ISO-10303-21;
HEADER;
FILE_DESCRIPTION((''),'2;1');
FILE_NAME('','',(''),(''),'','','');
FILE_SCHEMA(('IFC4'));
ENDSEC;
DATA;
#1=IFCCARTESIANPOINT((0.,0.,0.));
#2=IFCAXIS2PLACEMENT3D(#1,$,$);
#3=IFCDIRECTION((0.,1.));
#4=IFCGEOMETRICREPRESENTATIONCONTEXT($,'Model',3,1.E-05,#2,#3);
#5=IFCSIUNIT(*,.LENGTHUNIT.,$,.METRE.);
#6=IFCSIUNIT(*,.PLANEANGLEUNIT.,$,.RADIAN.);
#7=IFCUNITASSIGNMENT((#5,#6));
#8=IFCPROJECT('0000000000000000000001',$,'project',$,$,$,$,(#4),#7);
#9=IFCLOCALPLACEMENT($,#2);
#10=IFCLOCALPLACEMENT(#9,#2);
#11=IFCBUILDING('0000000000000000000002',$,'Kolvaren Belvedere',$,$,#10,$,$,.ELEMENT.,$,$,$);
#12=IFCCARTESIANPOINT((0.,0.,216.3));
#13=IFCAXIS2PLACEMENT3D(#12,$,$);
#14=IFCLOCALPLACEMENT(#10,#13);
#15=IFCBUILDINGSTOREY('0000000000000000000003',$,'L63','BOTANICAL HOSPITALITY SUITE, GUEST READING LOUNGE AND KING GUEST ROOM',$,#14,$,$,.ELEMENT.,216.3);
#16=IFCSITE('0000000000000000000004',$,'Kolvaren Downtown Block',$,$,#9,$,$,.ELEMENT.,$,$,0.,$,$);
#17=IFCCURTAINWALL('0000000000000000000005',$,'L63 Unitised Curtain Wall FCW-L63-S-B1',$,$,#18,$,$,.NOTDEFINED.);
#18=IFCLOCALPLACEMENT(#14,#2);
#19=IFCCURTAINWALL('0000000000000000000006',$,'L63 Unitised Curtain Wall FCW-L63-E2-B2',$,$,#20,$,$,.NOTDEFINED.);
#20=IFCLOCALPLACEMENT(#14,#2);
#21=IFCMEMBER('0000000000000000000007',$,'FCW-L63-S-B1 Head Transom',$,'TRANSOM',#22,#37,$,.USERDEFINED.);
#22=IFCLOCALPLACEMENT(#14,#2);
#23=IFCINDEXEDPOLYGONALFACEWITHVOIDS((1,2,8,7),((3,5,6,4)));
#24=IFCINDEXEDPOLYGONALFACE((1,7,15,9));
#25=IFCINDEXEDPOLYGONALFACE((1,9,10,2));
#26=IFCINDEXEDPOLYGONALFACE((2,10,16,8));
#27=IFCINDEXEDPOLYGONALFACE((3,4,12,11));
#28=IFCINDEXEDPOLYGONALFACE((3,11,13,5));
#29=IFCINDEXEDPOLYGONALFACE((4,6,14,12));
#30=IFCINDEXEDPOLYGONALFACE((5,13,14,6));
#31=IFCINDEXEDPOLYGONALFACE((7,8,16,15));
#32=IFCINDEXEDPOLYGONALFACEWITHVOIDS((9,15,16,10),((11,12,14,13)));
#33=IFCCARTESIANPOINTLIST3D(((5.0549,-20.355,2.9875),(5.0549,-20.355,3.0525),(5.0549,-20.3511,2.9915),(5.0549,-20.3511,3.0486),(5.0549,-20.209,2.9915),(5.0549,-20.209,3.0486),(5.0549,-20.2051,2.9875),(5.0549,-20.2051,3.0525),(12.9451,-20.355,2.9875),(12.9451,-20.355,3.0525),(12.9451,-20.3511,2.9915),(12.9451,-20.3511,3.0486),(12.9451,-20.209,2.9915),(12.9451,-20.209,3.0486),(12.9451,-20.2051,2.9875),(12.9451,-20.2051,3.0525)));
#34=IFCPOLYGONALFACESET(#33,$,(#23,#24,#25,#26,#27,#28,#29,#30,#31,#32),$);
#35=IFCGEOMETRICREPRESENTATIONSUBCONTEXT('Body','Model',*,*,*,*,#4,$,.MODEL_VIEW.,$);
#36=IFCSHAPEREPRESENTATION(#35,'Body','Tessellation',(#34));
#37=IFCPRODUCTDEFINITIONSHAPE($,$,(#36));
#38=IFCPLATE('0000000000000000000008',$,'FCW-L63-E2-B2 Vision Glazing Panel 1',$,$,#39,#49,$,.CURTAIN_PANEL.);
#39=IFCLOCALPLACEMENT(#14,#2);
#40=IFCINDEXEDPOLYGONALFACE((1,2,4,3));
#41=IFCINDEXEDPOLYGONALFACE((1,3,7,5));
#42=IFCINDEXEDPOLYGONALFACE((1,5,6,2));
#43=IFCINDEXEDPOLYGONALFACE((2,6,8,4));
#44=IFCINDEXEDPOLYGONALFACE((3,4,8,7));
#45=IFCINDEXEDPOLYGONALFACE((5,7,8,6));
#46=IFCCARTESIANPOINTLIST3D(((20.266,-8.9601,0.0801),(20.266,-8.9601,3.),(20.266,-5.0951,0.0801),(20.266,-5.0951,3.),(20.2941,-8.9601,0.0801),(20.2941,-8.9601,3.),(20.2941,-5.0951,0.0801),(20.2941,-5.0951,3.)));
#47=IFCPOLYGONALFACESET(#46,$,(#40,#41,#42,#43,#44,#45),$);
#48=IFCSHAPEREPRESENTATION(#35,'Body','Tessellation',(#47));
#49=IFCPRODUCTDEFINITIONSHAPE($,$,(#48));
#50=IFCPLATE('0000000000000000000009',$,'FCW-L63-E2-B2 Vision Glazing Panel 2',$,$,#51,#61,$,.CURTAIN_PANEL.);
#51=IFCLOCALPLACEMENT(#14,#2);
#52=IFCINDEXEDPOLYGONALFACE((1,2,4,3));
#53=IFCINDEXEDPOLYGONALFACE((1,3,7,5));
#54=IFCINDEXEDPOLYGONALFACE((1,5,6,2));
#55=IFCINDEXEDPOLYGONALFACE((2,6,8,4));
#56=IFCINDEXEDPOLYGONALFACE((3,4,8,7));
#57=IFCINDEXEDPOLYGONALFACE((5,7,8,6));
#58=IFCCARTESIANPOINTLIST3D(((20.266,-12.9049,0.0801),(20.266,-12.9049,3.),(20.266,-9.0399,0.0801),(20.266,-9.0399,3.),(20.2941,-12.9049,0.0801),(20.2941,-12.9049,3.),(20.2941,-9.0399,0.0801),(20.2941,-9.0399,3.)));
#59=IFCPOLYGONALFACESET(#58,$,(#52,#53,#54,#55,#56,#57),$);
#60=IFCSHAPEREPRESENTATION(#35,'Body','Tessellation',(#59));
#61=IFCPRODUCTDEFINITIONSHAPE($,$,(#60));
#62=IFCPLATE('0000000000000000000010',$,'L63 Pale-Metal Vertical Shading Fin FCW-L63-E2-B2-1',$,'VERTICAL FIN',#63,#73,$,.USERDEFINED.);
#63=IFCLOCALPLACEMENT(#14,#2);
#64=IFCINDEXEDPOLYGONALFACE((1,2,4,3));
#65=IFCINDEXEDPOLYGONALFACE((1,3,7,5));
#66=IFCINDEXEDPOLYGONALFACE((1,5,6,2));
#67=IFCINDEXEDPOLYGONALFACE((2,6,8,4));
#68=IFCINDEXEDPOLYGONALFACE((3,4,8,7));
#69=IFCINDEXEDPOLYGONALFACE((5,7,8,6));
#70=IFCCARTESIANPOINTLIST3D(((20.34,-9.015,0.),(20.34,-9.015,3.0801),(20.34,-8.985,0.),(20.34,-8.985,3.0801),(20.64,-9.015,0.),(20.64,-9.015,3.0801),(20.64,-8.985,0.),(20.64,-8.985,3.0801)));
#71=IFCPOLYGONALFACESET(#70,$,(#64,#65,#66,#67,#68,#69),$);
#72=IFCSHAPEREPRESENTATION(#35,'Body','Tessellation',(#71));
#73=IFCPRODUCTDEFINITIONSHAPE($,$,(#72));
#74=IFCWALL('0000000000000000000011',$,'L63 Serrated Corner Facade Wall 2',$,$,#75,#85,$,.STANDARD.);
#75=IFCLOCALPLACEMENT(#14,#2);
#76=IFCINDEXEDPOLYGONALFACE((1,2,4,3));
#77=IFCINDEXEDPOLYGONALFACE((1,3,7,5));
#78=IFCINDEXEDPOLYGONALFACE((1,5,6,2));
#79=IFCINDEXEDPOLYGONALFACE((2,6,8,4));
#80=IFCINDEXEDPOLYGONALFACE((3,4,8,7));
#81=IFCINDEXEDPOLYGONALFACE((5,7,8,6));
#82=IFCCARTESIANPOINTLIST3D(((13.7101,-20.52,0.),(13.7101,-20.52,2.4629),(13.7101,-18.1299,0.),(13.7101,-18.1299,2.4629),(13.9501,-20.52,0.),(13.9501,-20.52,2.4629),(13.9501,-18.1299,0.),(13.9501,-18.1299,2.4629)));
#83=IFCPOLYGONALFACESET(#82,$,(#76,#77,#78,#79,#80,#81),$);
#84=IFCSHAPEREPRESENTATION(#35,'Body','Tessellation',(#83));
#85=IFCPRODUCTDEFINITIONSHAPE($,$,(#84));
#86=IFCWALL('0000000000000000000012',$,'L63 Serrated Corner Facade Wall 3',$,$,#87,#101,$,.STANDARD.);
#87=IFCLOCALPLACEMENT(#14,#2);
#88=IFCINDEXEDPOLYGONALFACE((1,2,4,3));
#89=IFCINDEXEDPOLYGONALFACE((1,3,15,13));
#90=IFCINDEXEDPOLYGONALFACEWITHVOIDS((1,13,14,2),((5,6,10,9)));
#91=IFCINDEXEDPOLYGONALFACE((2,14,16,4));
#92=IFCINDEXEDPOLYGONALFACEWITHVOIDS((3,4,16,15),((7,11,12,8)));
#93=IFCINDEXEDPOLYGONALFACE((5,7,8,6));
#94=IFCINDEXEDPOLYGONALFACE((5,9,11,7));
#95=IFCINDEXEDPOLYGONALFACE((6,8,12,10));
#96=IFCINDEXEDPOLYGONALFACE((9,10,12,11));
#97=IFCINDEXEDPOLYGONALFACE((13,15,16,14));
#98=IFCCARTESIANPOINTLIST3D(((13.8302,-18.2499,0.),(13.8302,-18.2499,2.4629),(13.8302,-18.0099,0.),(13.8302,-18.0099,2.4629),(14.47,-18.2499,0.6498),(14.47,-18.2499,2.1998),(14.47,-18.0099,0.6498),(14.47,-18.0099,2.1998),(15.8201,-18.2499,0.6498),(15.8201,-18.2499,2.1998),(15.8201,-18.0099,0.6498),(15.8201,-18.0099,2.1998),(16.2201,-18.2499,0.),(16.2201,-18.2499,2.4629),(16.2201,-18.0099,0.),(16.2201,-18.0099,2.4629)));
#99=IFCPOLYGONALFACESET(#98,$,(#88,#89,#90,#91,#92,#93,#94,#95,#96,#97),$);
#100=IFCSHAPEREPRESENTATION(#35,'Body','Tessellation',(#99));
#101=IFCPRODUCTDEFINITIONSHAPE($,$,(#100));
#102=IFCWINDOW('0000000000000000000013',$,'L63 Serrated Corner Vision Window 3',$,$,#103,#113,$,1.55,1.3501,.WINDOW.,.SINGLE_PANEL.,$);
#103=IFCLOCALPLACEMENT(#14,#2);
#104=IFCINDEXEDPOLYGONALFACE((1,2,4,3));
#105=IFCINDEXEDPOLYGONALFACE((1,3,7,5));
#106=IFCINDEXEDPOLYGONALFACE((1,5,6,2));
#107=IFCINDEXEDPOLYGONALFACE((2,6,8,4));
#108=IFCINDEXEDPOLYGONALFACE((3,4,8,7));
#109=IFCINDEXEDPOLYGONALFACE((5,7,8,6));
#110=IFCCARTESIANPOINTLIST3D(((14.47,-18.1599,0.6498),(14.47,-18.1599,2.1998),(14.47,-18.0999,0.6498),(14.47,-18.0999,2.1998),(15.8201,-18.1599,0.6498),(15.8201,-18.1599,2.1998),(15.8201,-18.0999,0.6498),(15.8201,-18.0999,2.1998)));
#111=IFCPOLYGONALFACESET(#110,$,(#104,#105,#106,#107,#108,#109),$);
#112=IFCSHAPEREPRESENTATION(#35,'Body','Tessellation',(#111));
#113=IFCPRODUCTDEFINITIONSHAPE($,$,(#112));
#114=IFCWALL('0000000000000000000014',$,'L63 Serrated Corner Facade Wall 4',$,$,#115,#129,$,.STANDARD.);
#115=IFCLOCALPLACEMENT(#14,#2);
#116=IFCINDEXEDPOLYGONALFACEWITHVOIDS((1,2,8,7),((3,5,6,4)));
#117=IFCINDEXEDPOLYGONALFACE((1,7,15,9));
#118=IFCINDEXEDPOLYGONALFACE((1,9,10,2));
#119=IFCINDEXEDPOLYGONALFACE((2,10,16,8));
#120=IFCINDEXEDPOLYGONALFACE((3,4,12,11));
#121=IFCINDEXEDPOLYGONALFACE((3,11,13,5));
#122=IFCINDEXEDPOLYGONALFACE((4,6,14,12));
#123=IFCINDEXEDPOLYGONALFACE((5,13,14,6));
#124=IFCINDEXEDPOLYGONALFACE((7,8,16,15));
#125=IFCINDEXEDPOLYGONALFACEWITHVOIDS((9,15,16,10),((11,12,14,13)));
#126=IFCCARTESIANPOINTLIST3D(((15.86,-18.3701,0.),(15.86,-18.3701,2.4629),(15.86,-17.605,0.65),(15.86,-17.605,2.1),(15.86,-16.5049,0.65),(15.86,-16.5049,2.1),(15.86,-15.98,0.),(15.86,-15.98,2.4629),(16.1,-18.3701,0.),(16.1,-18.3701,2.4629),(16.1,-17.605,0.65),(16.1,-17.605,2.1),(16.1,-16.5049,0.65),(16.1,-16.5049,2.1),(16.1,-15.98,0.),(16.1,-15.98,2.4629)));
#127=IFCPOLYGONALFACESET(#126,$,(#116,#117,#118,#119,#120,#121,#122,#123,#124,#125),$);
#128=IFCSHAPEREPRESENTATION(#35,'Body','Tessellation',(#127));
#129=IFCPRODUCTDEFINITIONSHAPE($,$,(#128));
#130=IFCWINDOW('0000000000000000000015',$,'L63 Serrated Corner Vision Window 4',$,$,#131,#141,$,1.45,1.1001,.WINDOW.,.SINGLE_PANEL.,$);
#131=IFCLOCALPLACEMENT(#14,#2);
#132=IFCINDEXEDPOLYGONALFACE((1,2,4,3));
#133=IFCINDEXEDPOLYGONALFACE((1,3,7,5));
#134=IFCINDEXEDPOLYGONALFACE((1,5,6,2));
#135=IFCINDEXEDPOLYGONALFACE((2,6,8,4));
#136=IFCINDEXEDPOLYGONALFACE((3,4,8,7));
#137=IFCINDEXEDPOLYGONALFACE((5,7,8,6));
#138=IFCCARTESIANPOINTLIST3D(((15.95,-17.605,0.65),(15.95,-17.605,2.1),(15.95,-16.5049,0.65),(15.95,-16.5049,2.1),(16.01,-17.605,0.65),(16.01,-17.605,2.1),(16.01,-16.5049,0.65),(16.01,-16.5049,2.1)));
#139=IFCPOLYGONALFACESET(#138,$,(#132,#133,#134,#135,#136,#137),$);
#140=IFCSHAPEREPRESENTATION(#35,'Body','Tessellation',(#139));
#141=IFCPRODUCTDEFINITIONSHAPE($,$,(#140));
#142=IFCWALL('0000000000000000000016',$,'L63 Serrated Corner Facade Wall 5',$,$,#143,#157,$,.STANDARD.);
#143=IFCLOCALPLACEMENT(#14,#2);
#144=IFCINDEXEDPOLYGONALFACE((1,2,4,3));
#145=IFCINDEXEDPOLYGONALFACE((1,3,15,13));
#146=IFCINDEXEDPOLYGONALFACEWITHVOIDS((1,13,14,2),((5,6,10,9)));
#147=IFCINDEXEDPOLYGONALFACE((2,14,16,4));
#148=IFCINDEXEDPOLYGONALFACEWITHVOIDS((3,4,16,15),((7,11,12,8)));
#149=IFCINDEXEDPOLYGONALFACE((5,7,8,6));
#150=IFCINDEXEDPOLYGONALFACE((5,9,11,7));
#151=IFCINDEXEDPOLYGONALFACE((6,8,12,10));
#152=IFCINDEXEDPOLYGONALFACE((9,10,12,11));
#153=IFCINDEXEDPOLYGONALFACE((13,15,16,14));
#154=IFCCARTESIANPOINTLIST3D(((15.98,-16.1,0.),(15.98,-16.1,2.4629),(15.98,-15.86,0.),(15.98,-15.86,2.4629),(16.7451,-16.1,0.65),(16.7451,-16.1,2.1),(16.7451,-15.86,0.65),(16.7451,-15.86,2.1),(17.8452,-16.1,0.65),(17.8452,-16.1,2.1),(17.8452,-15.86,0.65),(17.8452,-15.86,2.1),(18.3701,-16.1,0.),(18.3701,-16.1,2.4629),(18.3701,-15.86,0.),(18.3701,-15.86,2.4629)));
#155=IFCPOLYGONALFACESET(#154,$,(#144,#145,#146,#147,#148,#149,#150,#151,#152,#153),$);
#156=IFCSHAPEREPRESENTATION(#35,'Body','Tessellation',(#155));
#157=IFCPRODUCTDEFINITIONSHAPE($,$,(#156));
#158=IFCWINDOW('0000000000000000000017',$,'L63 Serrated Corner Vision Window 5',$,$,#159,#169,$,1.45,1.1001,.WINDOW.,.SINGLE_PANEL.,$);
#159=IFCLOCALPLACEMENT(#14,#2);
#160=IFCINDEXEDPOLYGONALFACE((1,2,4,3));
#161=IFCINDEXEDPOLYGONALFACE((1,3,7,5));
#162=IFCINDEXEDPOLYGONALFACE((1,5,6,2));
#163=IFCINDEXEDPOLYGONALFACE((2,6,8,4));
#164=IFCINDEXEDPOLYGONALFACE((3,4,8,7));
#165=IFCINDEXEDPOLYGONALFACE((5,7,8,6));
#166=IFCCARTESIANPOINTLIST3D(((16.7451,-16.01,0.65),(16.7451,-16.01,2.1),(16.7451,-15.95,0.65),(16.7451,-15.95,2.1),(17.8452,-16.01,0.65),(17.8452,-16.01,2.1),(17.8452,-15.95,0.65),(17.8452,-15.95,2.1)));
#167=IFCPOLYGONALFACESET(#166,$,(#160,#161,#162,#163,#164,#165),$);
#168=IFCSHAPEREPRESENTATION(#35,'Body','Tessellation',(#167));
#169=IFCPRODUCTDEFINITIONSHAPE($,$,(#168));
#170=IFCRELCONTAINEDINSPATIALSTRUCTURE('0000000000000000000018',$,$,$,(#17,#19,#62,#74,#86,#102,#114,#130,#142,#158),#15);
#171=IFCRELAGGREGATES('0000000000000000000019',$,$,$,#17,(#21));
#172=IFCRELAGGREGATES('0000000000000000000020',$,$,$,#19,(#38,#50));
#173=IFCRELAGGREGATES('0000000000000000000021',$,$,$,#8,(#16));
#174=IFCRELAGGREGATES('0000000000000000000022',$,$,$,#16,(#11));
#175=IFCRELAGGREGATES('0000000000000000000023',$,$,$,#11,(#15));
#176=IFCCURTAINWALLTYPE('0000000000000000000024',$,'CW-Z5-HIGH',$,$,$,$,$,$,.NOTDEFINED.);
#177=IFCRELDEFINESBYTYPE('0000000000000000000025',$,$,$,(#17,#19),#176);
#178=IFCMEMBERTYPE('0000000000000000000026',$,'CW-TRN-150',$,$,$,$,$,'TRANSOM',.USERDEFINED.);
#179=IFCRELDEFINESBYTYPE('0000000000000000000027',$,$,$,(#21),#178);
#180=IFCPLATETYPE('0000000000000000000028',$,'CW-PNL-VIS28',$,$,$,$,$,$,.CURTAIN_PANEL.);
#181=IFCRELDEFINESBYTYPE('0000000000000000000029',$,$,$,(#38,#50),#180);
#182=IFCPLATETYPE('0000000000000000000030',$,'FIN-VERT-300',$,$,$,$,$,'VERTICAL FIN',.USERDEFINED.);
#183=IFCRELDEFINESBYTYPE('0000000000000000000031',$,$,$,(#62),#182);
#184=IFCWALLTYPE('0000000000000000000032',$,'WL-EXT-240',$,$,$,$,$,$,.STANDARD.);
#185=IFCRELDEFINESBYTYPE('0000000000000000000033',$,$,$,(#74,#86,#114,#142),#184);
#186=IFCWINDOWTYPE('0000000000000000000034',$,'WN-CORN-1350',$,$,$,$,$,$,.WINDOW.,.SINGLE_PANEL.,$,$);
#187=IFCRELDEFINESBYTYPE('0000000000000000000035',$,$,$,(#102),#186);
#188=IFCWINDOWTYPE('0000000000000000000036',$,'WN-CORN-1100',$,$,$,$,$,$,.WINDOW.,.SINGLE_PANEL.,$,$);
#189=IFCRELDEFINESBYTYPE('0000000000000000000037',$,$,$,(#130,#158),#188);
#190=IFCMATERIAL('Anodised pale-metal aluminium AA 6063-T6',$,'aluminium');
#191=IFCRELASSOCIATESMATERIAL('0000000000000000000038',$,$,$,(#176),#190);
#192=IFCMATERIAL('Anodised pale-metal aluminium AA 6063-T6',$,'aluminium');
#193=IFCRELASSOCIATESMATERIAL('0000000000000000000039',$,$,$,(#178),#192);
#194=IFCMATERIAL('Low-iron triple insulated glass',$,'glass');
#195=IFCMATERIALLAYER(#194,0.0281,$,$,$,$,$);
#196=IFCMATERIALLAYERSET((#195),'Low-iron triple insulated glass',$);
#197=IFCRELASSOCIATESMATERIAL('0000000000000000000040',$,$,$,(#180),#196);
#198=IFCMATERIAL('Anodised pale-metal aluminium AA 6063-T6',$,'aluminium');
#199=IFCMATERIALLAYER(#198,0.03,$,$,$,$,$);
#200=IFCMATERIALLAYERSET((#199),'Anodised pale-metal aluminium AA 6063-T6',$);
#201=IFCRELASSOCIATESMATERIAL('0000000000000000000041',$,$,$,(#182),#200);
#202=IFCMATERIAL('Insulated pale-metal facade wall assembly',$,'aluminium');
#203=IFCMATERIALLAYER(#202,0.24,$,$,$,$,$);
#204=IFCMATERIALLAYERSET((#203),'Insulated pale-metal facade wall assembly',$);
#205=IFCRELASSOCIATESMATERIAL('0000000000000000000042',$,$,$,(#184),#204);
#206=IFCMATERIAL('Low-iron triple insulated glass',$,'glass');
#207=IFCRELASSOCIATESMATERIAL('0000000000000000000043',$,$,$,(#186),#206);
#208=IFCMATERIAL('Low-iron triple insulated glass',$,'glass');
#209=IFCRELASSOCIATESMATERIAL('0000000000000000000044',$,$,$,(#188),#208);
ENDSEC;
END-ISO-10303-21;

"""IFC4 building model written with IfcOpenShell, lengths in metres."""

from ifc_helpers import new_model, si_unit, direction, frame, frame_2d, origin, origin_2d, place, context, subcontext, project, spatial, rectangle, hollow_rectangle, extrude, material, layer, layer_set, material_profile, profile_set, type_object, element, fill, aggregate, save


model = new_model("IFC4")

# Units and contexts
model_context = context("Model", 3, precision=1e-05, world=origin(), true_north=direction((0.0, 1.0)))
body_context = subcontext(model_context, "Body", "Model", "MODEL_VIEW")
ifc_project = project(units=[si_unit("LENGTHUNIT", "METRE"), si_unit("PLANEANGLEUNIT", "RADIAN")], contexts=[model_context])

# Site, building, storey
site_placement = place(None, origin())
site = spatial("IfcSite", under=ifc_project, at=site_placement, Name="Kolvaren Downtown Block", CompositionType="ELEMENT", RefElevation=0.0)
building_placement = place(site_placement, origin())
building = spatial("IfcBuilding", under=site, at=building_placement, Name="Kolvaren Belvedere", CompositionType="ELEMENT")
storey_placement = place(building_placement, frame((0.0, 0.0, 216.3)))
storey = spatial("IfcBuildingStorey", under=building, at=storey_placement, Name="L63", Description="BOTANICAL HOSPITALITY SUITE, GUEST READING LOUNGE AND KING GUEST ROOM", CompositionType="ELEMENT", Elevation=216.3)

# Curtain wall
ifc_material_1 = material(Name="Anodised pale-metal aluminium AA 6063-T6", Category="aluminium")
curtain_wall_type = type_object("IfcCurtainWallType", Name="CW-Z5-HIGH", PredefinedType="NOTDEFINED", material=ifc_material_1)
curtain_wall_1_placement = place(storey_placement, origin())
curtain_wall_1 = element("IfcCurtainWall", 1, at=curtain_wall_1_placement, inside=storey, type_object=curtain_wall_type, Name="L63 Unitised Curtain Wall FCW-L63-S-B1", PredefinedType="NOTDEFINED")

# Curtain wall
curtain_wall_2_placement = place(storey_placement, origin())
curtain_wall_2 = element("IfcCurtainWall", 2, at=curtain_wall_2_placement, inside=storey, type_object=curtain_wall_type, Name="L63 Unitised Curtain Wall FCW-L63-E2-B2", PredefinedType="NOTDEFINED")

# Member
ifc_material_2 = material(Name="Anodised pale-metal aluminium AA 6063-T6", Category="aluminium")
ifc_material_profile_1 = material_profile(ifc_material_2, hollow_rectangle(XDim=0.0649, YDim=0.1499, WallThickness=0.0039, at=origin_2d()), Name="ALU-TRN-150X65")
ifc_profile_set_1 = profile_set([ifc_material_profile_1], Name="Anodised pale-metal aluminium AA 6063-T6")
member_type_1 = type_object("IfcMemberType", Name="CW-TRN-150", ElementType="TRANSOM", PredefinedType="USERDEFINED", material=ifc_profile_set_1)
member_1_placement = place(storey_placement, frame((12.9451, -20.28, 3.02), z_axis=(-1.0, 0.0, 0.0), x_axis=(0.0, 0.0, 1.0)))
member_1 = element("IfcMember", 3, at=member_1_placement, type_object=member_type_1, Name="FCW-L63-S-B1 Head Transom", ObjectType="TRANSOM", PredefinedType="USERDEFINED", context=body_context, shape_type="SweptSolid", body=[
    extrude(hollow_rectangle(XDim=0.0649, YDim=0.1499, WallThickness=0.0039, at=origin_2d()), origin(), (0.0, 0.0, 1.0), 7.8901),
])
aggregate(curtain_wall_1, [member_1])

# Plates
ifc_material_3 = material(Name="Low-iron triple insulated glass", Category="glass")
ifc_layer_1 = layer(ifc_material_3, 0.0281)
ifc_layer_set_1 = layer_set([ifc_layer_1], Name="Low-iron triple insulated glass")
plate_type_1 = type_object("IfcPlateType", Name="CW-PNL-VIS28", PredefinedType="CURTAIN_PANEL", material=ifc_layer_set_1)
plate_1_placement = place(storey_placement, frame((20.28, -7.0276, 0.0801), z_axis=(0.0, 0.0, 1.0), x_axis=(0.0, -1.0, 0.0)))
plate_1 = element("IfcPlate", 4, at=plate_1_placement, type_object=plate_type_1, Name="FCW-L63-E2-B2 Vision Glazing Panel 1", PredefinedType="CURTAIN_PANEL", context=body_context, shape_type="SweptSolid", body=[
    extrude(rectangle(XDim=3.865, YDim=0.0281, at=origin_2d()), origin(), (0.0, 0.0, 1.0), 2.9199),
])
plate_2_placement = place(storey_placement, frame((20.28, -10.9724, 0.0801), z_axis=(0.0, 0.0, 1.0), x_axis=(0.0, -1.0, 0.0)))
plate_2 = element("IfcPlate", 5, at=plate_2_placement, type_object=plate_type_1, Name="FCW-L63-E2-B2 Vision Glazing Panel 2", PredefinedType="CURTAIN_PANEL", context=body_context, shape_type="SweptSolid", body=[
    extrude(rectangle(XDim=3.865, YDim=0.0281, at=origin_2d()), origin(), (0.0, 0.0, 1.0), 2.9199),
])
aggregate(curtain_wall_2, [plate_1, plate_2])
ifc_material_4 = material(Name="Anodised pale-metal aluminium AA 6063-T6", Category="aluminium")
ifc_layer_2 = layer(ifc_material_4, 0.03)
ifc_layer_set_2 = layer_set([ifc_layer_2], Name="Anodised pale-metal aluminium AA 6063-T6")
plate_type_2 = type_object("IfcPlateType", Name="FIN-VERT-300", ElementType="VERTICAL FIN", PredefinedType="USERDEFINED", material=ifc_layer_set_2)
plate_3_placement = place(storey_placement, frame((20.49, -9.0, 0.0), z_axis=(0.0, 0.0, 1.0), x_axis=(1.0, 0.0, 0.0)))
element("IfcPlate", 6, at=plate_3_placement, inside=storey, type_object=plate_type_2, Name="L63 Pale-Metal Vertical Shading Fin FCW-L63-E2-B2-1", ObjectType="VERTICAL FIN", PredefinedType="USERDEFINED", context=body_context, shape_type="SweptSolid", body=[
    extrude(rectangle(XDim=0.3, YDim=0.03, at=origin_2d()), origin(), (0.0, 0.0, 1.0), 3.0801),
])

# Wall
ifc_material_5 = material(Name="Insulated pale-metal facade wall assembly", Category="aluminium")
ifc_layer_3 = layer(ifc_material_5, 0.24)
ifc_layer_set_3 = layer_set([ifc_layer_3], Name="Insulated pale-metal facade wall assembly")
wall_type_1 = type_object("IfcWallType", Name="WL-EXT-240", PredefinedType="STANDARD", material=ifc_layer_set_3)
wall_1_placement = place(storey_placement, frame((13.8301, -18.1299, 0.0), z_axis=(0.0, 0.0, 1.0), x_axis=(0.0, -1.0, 0.0)))
element("IfcWall", 7, at=wall_1_placement, inside=storey, type_object=wall_type_1, Name="L63 Serrated Corner Facade Wall 2", PredefinedType="STANDARD", context=body_context, shape_type="SweptSolid", body=[
    extrude(rectangle(XDim=2.3901, YDim=0.24, at=frame_2d((1.1951, 0.0))), origin(), (0.0, 0.0, 1.0), 2.4629),
])

# Walls, openings, windows
wall_2_placement = place(storey_placement, frame((16.22, -18.1299, 0.0), z_axis=(0.0, 0.0, 1.0), x_axis=(-1.0, 0.0, 0.0)))
wall_2 = element("IfcWall", 8, at=wall_2_placement, inside=storey, type_object=wall_type_1, Name="L63 Serrated Corner Facade Wall 3", PredefinedType="STANDARD", context=body_context, shape_type="SweptSolid", body=[
    extrude(rectangle(XDim=2.3899, YDim=0.24, at=frame_2d((1.1948, 0.0))), origin(), (0.0, 0.0, 1.0), 2.4629),
])
opening_1_placement = place(wall_2_placement, frame((0.3999, 0.0, 0.6499)))
opening_1 = element("IfcOpeningElement", 9, at=opening_1_placement, cuts=wall_2, PredefinedType="OPENING", context=body_context, shape_type="SweptSolid", body=[
    extrude(rectangle(XDim=1.3501, YDim=1.55, at=frame_2d((0.675, 0.7749))), frame((0.0, 0.1299, 0.0), z_axis=(0.0, -1.0, 0.0), x_axis=(1.0, 0.0, 0.0)), (0.0, 0.0, 1.0), 0.26),
])
ifc_material_6 = material(Name="Low-iron triple insulated glass", Category="glass")
window_type_1 = type_object("IfcWindowType", Name="WN-CORN-1350", PartitioningType="SINGLE_PANEL", PredefinedType="WINDOW", material=ifc_material_6)
window_1_placement = place(opening_1_placement, origin())
window_1 = element("IfcWindow", 10, at=window_1_placement, inside=storey, type_object=window_type_1, Name="L63 Serrated Corner Vision Window 3", OverallHeight=1.55, OverallWidth=1.3501, PartitioningType="SINGLE_PANEL", PredefinedType="WINDOW", context=body_context, shape_type="SweptSolid", body=[
    extrude(rectangle(XDim=1.3501, YDim=1.55, at=frame_2d((0.675, 0.7749))), frame((0.0, 0.03, 0.0), z_axis=(0.0, -1.0, 0.0), x_axis=(1.0, 0.0, 0.0)), (0.0, 0.0, 1.0), 0.0601),
])
fill(opening_1, window_1)
wall_3_placement = place(storey_placement, frame((15.98, -15.98, 0.0), z_axis=(0.0, 0.0, 1.0), x_axis=(0.0, -1.0, 0.0)))
wall_3 = element("IfcWall", 11, at=wall_3_placement, inside=storey, type_object=wall_type_1, Name="L63 Serrated Corner Facade Wall 4", PredefinedType="STANDARD", context=body_context, shape_type="SweptSolid", body=[
    extrude(rectangle(XDim=2.3901, YDim=0.24, at=frame_2d((1.1951, 0.0))), origin(), (0.0, 0.0, 1.0), 2.4629),
])
opening_2_placement = place(wall_3_placement, frame((0.5249, 0.0, 0.6499)))
opening_2 = element("IfcOpeningElement", 12, at=opening_2_placement, cuts=wall_3, PredefinedType="OPENING", context=body_context, shape_type="SweptSolid", body=[
    extrude(rectangle(XDim=1.1001, YDim=1.45, at=frame_2d((0.55, 0.7251))), frame((0.0, 0.1299, 0.0), z_axis=(0.0, -1.0, 0.0), x_axis=(1.0, 0.0, 0.0)), (0.0, 0.0, 1.0), 0.26),
])
ifc_material_7 = material(Name="Low-iron triple insulated glass", Category="glass")
window_type_2 = type_object("IfcWindowType", Name="WN-CORN-1100", PartitioningType="SINGLE_PANEL", PredefinedType="WINDOW", material=ifc_material_7)
window_2_placement = place(opening_2_placement, origin())
window_2 = element("IfcWindow", 13, at=window_2_placement, inside=storey, type_object=window_type_2, Name="L63 Serrated Corner Vision Window 4", OverallHeight=1.45, OverallWidth=1.1001, PartitioningType="SINGLE_PANEL", PredefinedType="WINDOW", context=body_context, shape_type="SweptSolid", body=[
    extrude(rectangle(XDim=1.1001, YDim=1.45, at=frame_2d((0.55, 0.7251))), frame((0.0, 0.03, 0.0), z_axis=(0.0, -1.0, 0.0), x_axis=(1.0, 0.0, 0.0)), (0.0, 0.0, 1.0), 0.0601),
])
fill(opening_2, window_2)
wall_4_placement = place(storey_placement, frame((18.3701, -15.98, 0.0), z_axis=(0.0, 0.0, 1.0), x_axis=(-1.0, 0.0, 0.0)))
wall_4 = element("IfcWall", 14, at=wall_4_placement, inside=storey, type_object=wall_type_1, Name="L63 Serrated Corner Facade Wall 5", PredefinedType="STANDARD", context=body_context, shape_type="SweptSolid", body=[
    extrude(rectangle(XDim=2.3901, YDim=0.24, at=frame_2d((1.1951, 0.0))), origin(), (0.0, 0.0, 1.0), 2.4629),
])
opening_3_placement = place(wall_4_placement, frame((0.5249, 0.0, 0.6499)))
opening_3 = element("IfcOpeningElement", 15, at=opening_3_placement, cuts=wall_4, PredefinedType="OPENING", context=body_context, shape_type="SweptSolid", body=[
    extrude(rectangle(XDim=1.1001, YDim=1.45, at=frame_2d((0.55, 0.7251))), frame((0.0, 0.1299, 0.0), z_axis=(0.0, -1.0, 0.0), x_axis=(1.0, 0.0, 0.0)), (0.0, 0.0, 1.0), 0.26),
])
window_3_placement = place(opening_3_placement, origin())
window_3 = element("IfcWindow", 16, at=window_3_placement, inside=storey, type_object=window_type_2, Name="L63 Serrated Corner Vision Window 5", OverallHeight=1.45, OverallWidth=1.1001, PartitioningType="SINGLE_PANEL", PredefinedType="WINDOW", context=body_context, shape_type="SweptSolid", body=[
    extrude(rectangle(XDim=1.1001, YDim=1.45, at=frame_2d((0.55, 0.7251))), frame((0.0, 0.03, 0.0), z_axis=(0.0, -1.0, 0.0), x_axis=(1.0, 0.0, 0.0)), (0.0, 0.0, 1.0), 0.0601),
])
fill(opening_3, window_3)

save(model, "model.ifc")
